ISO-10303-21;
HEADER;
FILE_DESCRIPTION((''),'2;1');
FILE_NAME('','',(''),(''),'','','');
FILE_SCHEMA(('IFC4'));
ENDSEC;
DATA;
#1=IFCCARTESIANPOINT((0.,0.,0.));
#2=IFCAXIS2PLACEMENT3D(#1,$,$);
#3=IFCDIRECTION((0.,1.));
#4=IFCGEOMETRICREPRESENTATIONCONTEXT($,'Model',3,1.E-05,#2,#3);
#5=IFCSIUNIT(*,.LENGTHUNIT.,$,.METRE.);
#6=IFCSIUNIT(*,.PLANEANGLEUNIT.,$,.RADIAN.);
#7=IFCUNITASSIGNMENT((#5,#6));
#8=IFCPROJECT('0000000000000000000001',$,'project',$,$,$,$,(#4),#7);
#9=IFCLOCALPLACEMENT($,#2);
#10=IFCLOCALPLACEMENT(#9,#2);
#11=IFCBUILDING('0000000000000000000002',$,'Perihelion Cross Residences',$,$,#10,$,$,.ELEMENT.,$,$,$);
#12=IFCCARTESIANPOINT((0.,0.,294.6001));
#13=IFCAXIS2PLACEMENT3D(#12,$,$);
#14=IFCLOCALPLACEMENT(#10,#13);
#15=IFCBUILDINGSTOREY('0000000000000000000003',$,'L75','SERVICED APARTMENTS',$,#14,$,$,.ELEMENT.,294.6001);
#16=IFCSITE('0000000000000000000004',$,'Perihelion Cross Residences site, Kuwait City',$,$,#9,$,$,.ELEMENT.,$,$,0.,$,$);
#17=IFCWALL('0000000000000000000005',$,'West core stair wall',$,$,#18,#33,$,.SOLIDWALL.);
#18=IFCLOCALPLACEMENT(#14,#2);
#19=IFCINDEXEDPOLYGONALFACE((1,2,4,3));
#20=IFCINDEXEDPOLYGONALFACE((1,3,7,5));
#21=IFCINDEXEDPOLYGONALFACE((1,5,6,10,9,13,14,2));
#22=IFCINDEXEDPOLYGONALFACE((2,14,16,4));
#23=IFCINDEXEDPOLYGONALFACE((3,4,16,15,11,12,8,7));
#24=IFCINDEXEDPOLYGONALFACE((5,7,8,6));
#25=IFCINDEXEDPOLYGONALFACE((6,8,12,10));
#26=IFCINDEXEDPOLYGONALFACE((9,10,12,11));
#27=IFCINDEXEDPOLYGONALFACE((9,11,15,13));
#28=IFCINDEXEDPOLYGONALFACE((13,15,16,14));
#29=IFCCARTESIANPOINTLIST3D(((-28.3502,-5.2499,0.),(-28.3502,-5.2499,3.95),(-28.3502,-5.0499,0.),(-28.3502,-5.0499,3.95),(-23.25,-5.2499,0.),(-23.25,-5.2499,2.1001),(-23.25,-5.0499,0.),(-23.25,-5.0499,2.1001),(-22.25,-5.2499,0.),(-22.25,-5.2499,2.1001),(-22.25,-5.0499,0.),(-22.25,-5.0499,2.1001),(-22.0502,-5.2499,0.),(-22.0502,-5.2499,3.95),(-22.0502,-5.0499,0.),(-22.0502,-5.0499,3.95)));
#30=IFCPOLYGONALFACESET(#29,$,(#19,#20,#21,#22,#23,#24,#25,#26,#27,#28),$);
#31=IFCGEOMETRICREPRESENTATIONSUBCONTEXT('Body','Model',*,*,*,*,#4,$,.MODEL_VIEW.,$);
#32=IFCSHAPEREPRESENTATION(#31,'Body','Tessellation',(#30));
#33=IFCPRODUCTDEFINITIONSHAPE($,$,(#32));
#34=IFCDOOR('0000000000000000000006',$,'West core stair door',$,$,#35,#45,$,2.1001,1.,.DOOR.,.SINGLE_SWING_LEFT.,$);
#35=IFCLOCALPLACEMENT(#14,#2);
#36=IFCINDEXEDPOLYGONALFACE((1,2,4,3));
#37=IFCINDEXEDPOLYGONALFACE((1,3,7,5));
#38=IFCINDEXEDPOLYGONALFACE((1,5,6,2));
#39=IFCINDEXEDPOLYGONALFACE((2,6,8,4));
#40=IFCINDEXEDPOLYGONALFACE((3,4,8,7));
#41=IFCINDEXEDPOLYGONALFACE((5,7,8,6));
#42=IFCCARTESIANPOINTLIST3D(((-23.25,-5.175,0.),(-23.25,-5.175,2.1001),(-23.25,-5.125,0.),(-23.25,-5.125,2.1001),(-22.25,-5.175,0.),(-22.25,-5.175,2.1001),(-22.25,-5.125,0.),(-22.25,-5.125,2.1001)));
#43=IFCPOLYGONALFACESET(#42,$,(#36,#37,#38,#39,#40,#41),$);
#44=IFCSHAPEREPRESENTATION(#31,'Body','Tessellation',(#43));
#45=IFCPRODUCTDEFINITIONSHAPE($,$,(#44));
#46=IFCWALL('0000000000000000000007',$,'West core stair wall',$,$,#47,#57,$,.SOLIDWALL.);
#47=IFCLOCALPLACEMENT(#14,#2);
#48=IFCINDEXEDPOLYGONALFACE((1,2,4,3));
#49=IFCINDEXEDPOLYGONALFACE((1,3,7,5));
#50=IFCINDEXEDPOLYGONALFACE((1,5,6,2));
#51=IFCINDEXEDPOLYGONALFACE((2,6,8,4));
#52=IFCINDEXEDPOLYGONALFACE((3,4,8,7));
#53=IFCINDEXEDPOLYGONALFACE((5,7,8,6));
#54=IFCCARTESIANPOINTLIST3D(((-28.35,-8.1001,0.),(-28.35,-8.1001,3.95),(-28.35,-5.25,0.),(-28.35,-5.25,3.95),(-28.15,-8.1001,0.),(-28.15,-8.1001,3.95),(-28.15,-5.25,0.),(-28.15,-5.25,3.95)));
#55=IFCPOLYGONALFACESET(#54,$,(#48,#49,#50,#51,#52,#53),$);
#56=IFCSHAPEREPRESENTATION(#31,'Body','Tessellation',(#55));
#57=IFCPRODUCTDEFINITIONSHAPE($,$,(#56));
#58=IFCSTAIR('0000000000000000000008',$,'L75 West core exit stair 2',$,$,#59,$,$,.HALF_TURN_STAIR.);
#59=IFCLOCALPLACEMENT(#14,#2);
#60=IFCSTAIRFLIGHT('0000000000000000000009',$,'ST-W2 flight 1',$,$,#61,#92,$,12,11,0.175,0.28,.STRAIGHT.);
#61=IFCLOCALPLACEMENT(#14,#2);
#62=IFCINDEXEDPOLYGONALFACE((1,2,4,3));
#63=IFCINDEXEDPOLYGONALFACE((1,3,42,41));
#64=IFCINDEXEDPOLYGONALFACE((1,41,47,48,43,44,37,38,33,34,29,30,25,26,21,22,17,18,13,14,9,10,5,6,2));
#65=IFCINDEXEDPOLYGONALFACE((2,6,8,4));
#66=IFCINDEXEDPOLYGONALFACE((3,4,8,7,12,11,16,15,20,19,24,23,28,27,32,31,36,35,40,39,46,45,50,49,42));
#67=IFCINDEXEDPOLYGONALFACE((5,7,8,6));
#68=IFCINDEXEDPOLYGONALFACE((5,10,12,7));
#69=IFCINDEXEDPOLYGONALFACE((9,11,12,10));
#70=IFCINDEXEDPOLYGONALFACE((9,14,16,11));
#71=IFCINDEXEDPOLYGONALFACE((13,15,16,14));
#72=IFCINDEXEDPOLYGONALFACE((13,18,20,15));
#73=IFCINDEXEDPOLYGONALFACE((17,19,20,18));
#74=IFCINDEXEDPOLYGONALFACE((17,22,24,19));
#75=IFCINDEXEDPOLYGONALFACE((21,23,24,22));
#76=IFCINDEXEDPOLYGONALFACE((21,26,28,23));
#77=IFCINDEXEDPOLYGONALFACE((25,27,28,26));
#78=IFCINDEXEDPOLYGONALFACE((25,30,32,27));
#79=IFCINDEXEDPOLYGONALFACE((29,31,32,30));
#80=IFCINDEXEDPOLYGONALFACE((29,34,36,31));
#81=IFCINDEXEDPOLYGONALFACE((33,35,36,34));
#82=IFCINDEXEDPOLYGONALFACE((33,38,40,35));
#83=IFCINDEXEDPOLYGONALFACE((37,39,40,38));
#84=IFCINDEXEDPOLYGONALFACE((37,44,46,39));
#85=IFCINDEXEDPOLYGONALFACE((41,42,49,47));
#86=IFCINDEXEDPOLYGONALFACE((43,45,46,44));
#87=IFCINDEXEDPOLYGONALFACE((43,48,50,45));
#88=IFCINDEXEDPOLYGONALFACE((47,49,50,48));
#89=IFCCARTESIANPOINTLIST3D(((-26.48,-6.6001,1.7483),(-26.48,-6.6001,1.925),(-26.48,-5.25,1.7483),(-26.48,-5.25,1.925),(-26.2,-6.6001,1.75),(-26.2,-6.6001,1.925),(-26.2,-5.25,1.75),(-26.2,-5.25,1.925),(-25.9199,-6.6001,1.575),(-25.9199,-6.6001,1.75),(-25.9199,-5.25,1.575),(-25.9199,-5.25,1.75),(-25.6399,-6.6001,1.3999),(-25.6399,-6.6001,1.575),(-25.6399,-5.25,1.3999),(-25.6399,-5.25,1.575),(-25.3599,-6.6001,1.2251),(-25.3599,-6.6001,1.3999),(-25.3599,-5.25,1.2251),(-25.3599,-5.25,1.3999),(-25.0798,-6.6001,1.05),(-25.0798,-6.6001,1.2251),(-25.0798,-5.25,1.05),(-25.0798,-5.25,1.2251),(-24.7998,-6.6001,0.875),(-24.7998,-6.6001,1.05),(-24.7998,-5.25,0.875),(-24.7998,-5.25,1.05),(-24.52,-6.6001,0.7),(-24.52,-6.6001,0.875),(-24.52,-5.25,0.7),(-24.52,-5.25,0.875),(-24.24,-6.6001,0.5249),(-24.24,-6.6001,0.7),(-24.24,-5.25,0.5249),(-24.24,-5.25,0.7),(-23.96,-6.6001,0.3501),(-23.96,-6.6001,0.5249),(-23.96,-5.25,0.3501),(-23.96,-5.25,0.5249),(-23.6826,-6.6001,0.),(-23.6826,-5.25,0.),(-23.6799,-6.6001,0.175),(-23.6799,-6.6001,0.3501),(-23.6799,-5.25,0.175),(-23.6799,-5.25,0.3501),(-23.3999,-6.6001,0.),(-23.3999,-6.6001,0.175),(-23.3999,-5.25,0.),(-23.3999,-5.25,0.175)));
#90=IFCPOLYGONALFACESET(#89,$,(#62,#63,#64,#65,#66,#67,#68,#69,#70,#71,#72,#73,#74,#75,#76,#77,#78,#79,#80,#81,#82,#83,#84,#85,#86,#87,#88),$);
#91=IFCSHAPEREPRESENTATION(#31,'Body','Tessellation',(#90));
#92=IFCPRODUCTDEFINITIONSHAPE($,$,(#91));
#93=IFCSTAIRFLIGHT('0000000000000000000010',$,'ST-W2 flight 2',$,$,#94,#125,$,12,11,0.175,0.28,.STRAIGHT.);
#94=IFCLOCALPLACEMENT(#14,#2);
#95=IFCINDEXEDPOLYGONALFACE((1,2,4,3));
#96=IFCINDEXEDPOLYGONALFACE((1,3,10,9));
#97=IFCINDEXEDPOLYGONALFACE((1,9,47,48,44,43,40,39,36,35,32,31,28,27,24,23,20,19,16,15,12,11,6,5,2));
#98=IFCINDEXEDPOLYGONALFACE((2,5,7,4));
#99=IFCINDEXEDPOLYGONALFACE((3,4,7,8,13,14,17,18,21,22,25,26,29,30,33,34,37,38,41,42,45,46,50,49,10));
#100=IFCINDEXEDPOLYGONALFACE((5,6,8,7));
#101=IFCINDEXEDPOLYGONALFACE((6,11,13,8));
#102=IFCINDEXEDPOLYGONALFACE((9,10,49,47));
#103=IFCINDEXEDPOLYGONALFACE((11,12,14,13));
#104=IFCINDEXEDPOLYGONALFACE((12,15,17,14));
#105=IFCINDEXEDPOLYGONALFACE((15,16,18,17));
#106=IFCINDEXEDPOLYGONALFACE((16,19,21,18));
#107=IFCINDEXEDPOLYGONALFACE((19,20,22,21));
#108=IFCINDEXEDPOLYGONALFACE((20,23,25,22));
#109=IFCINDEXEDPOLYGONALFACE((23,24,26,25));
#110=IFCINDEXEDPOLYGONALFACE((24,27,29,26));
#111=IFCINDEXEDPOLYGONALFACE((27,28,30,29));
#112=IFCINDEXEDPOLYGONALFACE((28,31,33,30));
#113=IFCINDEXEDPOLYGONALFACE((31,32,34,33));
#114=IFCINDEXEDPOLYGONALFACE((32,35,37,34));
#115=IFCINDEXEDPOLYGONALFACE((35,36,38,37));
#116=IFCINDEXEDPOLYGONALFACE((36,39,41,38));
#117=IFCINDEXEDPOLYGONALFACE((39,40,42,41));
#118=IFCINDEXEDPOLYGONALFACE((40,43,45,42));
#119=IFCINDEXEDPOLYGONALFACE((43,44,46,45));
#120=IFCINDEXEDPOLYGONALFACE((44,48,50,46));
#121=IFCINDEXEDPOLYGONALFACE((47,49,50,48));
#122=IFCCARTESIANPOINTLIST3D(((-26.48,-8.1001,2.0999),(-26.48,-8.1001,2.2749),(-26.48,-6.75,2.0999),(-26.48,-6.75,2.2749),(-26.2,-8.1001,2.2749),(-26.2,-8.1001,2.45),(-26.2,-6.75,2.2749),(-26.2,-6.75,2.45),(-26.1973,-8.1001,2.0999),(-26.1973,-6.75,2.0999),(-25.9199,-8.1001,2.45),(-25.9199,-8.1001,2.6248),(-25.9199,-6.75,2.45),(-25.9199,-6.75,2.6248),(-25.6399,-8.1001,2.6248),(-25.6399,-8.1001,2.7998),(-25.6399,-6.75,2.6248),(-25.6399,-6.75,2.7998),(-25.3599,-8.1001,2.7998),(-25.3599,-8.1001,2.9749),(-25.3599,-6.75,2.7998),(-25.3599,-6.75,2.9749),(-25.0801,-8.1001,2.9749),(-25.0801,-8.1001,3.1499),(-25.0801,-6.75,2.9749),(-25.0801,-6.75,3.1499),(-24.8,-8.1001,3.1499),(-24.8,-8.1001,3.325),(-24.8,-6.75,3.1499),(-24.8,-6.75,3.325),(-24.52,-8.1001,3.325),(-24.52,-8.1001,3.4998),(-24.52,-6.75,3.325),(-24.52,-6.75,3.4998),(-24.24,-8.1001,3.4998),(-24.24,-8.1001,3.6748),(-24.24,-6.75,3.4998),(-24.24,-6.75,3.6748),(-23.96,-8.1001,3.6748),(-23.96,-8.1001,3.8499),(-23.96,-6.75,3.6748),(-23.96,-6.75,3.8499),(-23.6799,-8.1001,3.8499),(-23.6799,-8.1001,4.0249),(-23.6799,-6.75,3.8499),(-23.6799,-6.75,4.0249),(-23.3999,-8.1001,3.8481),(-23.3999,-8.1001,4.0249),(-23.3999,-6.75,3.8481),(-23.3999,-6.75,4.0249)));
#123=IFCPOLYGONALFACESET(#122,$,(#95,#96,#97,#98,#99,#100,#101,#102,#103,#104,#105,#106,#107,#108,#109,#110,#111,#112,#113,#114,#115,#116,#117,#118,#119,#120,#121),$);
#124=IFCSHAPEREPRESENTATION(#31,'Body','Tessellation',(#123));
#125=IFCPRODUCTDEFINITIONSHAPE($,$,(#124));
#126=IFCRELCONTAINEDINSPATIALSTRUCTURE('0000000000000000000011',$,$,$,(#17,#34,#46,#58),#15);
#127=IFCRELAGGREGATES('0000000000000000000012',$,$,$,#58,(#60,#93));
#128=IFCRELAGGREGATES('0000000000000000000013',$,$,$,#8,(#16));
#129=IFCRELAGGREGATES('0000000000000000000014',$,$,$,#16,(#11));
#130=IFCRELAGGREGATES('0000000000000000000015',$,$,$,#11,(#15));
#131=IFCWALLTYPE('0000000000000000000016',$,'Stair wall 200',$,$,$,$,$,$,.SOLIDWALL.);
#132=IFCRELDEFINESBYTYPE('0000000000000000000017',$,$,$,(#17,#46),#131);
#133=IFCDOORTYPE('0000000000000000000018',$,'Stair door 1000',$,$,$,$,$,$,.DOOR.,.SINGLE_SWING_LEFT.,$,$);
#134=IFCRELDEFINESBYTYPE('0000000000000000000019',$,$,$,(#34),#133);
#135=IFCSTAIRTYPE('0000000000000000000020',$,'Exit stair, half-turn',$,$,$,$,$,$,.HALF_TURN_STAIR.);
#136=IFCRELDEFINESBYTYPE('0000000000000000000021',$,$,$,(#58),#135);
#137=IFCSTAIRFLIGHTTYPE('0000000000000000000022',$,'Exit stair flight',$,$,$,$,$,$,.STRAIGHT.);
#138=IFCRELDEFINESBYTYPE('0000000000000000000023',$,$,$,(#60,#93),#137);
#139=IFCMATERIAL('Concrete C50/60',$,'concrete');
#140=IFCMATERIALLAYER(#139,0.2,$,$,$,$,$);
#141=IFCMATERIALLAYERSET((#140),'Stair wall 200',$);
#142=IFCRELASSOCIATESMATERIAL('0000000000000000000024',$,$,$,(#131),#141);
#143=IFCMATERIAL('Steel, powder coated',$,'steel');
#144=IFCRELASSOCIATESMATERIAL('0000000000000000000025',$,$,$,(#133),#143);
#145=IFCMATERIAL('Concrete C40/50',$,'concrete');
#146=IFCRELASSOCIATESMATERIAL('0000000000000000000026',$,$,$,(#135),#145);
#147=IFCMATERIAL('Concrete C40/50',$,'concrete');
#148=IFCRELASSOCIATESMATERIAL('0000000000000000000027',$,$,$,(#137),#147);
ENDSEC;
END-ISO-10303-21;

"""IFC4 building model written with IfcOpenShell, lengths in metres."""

from ifc_helpers import new_model, si_unit, direction, frame, frame_2d, origin, place, context, subcontext, project, spatial, polyline, rectangle, outline, extrude, material, layer, layer_set, type_object, element, fill, aggregate, save


model = new_model("IFC4")

# Units and contexts
model_context = context("Model", 3, precision=1e-05, world=origin(), true_north=direction((0.0, 1.0)))
body_context = subcontext(model_context, "Body", "Model", "MODEL_VIEW")
ifc_project = project(units=[si_unit("LENGTHUNIT", "METRE"), si_unit("PLANEANGLEUNIT", "RADIAN")], contexts=[model_context])

# Site, building, storey
site_placement = place(None, origin())
site = spatial("IfcSite", under=ifc_project, at=site_placement, Name="Perihelion Cross Residences site, Kuwait City", CompositionType="ELEMENT", RefElevation=0.0)
building_placement = place(site_placement, origin())
building = spatial("IfcBuilding", under=site, at=building_placement, Name="Perihelion Cross Residences", CompositionType="ELEMENT")
storey_placement = place(building_placement, frame((0.0, 0.0, 294.6001)))
storey = spatial("IfcBuildingStorey", under=building, at=storey_placement, Name="L75", Description="SERVICED APARTMENTS", CompositionType="ELEMENT", Elevation=294.6001)

# Wall, opening, door
ifc_material_1 = material(Name="Concrete C50/60", Category="concrete")
ifc_layer_1 = layer(ifc_material_1, 0.2)
ifc_layer_set_1 = layer_set([ifc_layer_1], Name="Stair wall 200")
wall_type_1 = type_object("IfcWallType", Name="Stair wall 200", PredefinedType="SOLIDWALL", material=ifc_layer_set_1)
wall_1_placement = place(storey_placement, frame((-28.3501, -5.1499, 0.0), z_axis=(0.0, 0.0, 1.0), x_axis=(1.0, 0.0, 0.0)))
wall_1 = element("IfcWall", 1, at=wall_1_placement, inside=storey, type_object=wall_type_1, Name="West core stair wall", PredefinedType="SOLIDWALL", context=body_context, shape_type="SweptSolid", body=[
    extrude(rectangle(XDim=6.3, YDim=0.2, at=frame_2d((3.1499, 0.0))), origin(), (0.0, 0.0, 1.0), 3.95),
])
opening_1_placement = place(wall_1_placement, frame((5.1001, 0.0, 0.0)))
opening_1 = element("IfcOpeningElement", 2, at=opening_1_placement, cuts=wall_1, PredefinedType="OPENING", context=body_context, shape_type="SweptSolid", body=[
    extrude(rectangle(XDim=1.0, YDim=2.1001, at=frame_2d((0.5, 1.05))), frame((0.0, 0.1099, 0.0), z_axis=(0.0, -1.0, 0.0), x_axis=(1.0, 0.0, 0.0)), (0.0, 0.0, 1.0), 0.22),
])
ifc_material_2 = material(Name="Steel, powder coated", Category="steel")
door_type_1 = type_object("IfcDoorType", Name="Stair door 1000", OperationType="SINGLE_SWING_LEFT", PredefinedType="DOOR", material=ifc_material_2)
door_1_placement = place(opening_1_placement, origin())
door_1 = element("IfcDoor", 3, at=door_1_placement, inside=storey, type_object=door_type_1, Name="West core stair door", OperationType="SINGLE_SWING_LEFT", OverallHeight=2.1001, OverallWidth=1.0, PredefinedType="DOOR", context=body_context, shape_type="SweptSolid", body=[
    extrude(rectangle(XDim=1.0, YDim=2.1001, at=frame_2d((0.5, 1.05))), frame((0.0, 0.0249, 0.0), z_axis=(0.0, -1.0, 0.0), x_axis=(1.0, 0.0, 0.0)), (0.0, 0.0, 1.0), 0.05),
])
fill(opening_1, door_1)

# Wall
wall_2_placement = place(storey_placement, frame((-28.25, -8.1001, 0.0), z_axis=(0.0, 0.0, 1.0), x_axis=(0.0, 1.0, 0.0)))
element("IfcWall", 4, at=wall_2_placement, inside=storey, type_object=wall_type_1, Name="West core stair wall", PredefinedType="SOLIDWALL", context=body_context, shape_type="SweptSolid", body=[
    extrude(rectangle(XDim=2.8501, YDim=0.2, at=frame_2d((1.425, 0.0))), origin(), (0.0, 0.0, 1.0), 3.95),
])

# Stair, stair flights
ifc_material_3 = material(Name="Concrete C40/50", Category="concrete")
stair_type = type_object("IfcStairType", Name="Exit stair, half-turn", PredefinedType="HALF_TURN_STAIR", material=ifc_material_3)
stair_placement = place(storey_placement, origin())
stair = element("IfcStair", 5, at=stair_placement, inside=storey, type_object=stair_type, Name="L75 West core exit stair 2", PredefinedType="HALF_TURN_STAIR")
ifc_material_4 = material(Name="Concrete C40/50", Category="concrete")
stair_flight_type = type_object("IfcStairFlightType", Name="Exit stair flight", PredefinedType="STRAIGHT", material=ifc_material_4)
stair_flight_1_placement = place(storey_placement, frame((-23.3999, -5.925, 0.0), z_axis=(0.0, 0.0, 1.0), x_axis=(-1.0, 0.0, 0.0)))
stair_flight_1 = element("IfcStairFlight", 6, at=stair_flight_1_placement, type_object=stair_flight_type, Name="ST-W2 flight 1", NumberOfRisers=12, NumberOfTreads=11, PredefinedType="STRAIGHT", RiserHeight=0.175, TreadLength=0.28, context=body_context, shape_type="SweptSolid", body=[
    extrude(outline(polyline([(0.0, 0.0), (0.0, 0.175), (0.28, 0.175), (0.28, 0.3501), (0.5601, 0.3501), (0.5601, 0.5249), (0.8401, 0.5249), (0.8401, 0.7), (1.1201, 0.7), (1.1201, 0.875), (1.3999, 0.875), (1.3999, 1.05), (1.6799, 1.05), (1.6799, 1.2251), (1.96, 1.2251), (1.96, 1.3999), (2.24, 1.3999), (2.24, 1.575), (2.52, 1.575), (2.52, 1.75), (2.8, 1.75), (2.8, 1.925), (3.0801, 1.925), (3.0801, 2.1001), (3.0801, 1.7483), (0.2827, 0.0), (0.0, 0.0)])), frame((0.0, 0.675, 0.0), z_axis=(0.0, -1.0, 0.0), x_axis=(1.0, 0.0, 0.0)), (0.0, 0.0, 1.0), 1.3501),
])
stair_flight_2_placement = place(storey_placement, frame((-26.48, -7.425, 2.0999), z_axis=(0.0, 0.0, 1.0), x_axis=(1.0, 0.0, 0.0)))
stair_flight_2 = element("IfcStairFlight", 7, at=stair_flight_2_placement, type_object=stair_flight_type, Name="ST-W2 flight 2", NumberOfRisers=12, NumberOfTreads=11, PredefinedType="STRAIGHT", RiserHeight=0.175, TreadLength=0.28, context=body_context, shape_type="SweptSolid", body=[
    extrude(outline(polyline([(0.0, 0.0), (0.0, 0.175), (0.28, 0.175), (0.28, 0.3501), (0.5601, 0.3501), (0.5601, 0.5249), (0.8401, 0.5249), (0.8401, 0.7), (1.1201, 0.7), (1.1201, 0.875), (1.3999, 0.875), (1.3999, 1.05), (1.6799, 1.05), (1.6799, 1.2251), (1.96, 1.2251), (1.96, 1.3999), (2.24, 1.3999), (2.24, 1.575), (2.52, 1.575), (2.52, 1.75), (2.8, 1.75), (2.8, 1.925), (3.0801, 1.925), (3.0801, 2.1001), (3.0801, 1.7483), (0.2827, 0.0), (0.0, 0.0)])), frame((0.0, 0.675, 0.0), z_axis=(0.0, -1.0, 0.0), x_axis=(1.0, 0.0, 0.0)), (0.0, 0.0, 1.0), 1.3501),
])
aggregate(stair, [stair_flight_1, stair_flight_2])

save(model, "model.ifc")
